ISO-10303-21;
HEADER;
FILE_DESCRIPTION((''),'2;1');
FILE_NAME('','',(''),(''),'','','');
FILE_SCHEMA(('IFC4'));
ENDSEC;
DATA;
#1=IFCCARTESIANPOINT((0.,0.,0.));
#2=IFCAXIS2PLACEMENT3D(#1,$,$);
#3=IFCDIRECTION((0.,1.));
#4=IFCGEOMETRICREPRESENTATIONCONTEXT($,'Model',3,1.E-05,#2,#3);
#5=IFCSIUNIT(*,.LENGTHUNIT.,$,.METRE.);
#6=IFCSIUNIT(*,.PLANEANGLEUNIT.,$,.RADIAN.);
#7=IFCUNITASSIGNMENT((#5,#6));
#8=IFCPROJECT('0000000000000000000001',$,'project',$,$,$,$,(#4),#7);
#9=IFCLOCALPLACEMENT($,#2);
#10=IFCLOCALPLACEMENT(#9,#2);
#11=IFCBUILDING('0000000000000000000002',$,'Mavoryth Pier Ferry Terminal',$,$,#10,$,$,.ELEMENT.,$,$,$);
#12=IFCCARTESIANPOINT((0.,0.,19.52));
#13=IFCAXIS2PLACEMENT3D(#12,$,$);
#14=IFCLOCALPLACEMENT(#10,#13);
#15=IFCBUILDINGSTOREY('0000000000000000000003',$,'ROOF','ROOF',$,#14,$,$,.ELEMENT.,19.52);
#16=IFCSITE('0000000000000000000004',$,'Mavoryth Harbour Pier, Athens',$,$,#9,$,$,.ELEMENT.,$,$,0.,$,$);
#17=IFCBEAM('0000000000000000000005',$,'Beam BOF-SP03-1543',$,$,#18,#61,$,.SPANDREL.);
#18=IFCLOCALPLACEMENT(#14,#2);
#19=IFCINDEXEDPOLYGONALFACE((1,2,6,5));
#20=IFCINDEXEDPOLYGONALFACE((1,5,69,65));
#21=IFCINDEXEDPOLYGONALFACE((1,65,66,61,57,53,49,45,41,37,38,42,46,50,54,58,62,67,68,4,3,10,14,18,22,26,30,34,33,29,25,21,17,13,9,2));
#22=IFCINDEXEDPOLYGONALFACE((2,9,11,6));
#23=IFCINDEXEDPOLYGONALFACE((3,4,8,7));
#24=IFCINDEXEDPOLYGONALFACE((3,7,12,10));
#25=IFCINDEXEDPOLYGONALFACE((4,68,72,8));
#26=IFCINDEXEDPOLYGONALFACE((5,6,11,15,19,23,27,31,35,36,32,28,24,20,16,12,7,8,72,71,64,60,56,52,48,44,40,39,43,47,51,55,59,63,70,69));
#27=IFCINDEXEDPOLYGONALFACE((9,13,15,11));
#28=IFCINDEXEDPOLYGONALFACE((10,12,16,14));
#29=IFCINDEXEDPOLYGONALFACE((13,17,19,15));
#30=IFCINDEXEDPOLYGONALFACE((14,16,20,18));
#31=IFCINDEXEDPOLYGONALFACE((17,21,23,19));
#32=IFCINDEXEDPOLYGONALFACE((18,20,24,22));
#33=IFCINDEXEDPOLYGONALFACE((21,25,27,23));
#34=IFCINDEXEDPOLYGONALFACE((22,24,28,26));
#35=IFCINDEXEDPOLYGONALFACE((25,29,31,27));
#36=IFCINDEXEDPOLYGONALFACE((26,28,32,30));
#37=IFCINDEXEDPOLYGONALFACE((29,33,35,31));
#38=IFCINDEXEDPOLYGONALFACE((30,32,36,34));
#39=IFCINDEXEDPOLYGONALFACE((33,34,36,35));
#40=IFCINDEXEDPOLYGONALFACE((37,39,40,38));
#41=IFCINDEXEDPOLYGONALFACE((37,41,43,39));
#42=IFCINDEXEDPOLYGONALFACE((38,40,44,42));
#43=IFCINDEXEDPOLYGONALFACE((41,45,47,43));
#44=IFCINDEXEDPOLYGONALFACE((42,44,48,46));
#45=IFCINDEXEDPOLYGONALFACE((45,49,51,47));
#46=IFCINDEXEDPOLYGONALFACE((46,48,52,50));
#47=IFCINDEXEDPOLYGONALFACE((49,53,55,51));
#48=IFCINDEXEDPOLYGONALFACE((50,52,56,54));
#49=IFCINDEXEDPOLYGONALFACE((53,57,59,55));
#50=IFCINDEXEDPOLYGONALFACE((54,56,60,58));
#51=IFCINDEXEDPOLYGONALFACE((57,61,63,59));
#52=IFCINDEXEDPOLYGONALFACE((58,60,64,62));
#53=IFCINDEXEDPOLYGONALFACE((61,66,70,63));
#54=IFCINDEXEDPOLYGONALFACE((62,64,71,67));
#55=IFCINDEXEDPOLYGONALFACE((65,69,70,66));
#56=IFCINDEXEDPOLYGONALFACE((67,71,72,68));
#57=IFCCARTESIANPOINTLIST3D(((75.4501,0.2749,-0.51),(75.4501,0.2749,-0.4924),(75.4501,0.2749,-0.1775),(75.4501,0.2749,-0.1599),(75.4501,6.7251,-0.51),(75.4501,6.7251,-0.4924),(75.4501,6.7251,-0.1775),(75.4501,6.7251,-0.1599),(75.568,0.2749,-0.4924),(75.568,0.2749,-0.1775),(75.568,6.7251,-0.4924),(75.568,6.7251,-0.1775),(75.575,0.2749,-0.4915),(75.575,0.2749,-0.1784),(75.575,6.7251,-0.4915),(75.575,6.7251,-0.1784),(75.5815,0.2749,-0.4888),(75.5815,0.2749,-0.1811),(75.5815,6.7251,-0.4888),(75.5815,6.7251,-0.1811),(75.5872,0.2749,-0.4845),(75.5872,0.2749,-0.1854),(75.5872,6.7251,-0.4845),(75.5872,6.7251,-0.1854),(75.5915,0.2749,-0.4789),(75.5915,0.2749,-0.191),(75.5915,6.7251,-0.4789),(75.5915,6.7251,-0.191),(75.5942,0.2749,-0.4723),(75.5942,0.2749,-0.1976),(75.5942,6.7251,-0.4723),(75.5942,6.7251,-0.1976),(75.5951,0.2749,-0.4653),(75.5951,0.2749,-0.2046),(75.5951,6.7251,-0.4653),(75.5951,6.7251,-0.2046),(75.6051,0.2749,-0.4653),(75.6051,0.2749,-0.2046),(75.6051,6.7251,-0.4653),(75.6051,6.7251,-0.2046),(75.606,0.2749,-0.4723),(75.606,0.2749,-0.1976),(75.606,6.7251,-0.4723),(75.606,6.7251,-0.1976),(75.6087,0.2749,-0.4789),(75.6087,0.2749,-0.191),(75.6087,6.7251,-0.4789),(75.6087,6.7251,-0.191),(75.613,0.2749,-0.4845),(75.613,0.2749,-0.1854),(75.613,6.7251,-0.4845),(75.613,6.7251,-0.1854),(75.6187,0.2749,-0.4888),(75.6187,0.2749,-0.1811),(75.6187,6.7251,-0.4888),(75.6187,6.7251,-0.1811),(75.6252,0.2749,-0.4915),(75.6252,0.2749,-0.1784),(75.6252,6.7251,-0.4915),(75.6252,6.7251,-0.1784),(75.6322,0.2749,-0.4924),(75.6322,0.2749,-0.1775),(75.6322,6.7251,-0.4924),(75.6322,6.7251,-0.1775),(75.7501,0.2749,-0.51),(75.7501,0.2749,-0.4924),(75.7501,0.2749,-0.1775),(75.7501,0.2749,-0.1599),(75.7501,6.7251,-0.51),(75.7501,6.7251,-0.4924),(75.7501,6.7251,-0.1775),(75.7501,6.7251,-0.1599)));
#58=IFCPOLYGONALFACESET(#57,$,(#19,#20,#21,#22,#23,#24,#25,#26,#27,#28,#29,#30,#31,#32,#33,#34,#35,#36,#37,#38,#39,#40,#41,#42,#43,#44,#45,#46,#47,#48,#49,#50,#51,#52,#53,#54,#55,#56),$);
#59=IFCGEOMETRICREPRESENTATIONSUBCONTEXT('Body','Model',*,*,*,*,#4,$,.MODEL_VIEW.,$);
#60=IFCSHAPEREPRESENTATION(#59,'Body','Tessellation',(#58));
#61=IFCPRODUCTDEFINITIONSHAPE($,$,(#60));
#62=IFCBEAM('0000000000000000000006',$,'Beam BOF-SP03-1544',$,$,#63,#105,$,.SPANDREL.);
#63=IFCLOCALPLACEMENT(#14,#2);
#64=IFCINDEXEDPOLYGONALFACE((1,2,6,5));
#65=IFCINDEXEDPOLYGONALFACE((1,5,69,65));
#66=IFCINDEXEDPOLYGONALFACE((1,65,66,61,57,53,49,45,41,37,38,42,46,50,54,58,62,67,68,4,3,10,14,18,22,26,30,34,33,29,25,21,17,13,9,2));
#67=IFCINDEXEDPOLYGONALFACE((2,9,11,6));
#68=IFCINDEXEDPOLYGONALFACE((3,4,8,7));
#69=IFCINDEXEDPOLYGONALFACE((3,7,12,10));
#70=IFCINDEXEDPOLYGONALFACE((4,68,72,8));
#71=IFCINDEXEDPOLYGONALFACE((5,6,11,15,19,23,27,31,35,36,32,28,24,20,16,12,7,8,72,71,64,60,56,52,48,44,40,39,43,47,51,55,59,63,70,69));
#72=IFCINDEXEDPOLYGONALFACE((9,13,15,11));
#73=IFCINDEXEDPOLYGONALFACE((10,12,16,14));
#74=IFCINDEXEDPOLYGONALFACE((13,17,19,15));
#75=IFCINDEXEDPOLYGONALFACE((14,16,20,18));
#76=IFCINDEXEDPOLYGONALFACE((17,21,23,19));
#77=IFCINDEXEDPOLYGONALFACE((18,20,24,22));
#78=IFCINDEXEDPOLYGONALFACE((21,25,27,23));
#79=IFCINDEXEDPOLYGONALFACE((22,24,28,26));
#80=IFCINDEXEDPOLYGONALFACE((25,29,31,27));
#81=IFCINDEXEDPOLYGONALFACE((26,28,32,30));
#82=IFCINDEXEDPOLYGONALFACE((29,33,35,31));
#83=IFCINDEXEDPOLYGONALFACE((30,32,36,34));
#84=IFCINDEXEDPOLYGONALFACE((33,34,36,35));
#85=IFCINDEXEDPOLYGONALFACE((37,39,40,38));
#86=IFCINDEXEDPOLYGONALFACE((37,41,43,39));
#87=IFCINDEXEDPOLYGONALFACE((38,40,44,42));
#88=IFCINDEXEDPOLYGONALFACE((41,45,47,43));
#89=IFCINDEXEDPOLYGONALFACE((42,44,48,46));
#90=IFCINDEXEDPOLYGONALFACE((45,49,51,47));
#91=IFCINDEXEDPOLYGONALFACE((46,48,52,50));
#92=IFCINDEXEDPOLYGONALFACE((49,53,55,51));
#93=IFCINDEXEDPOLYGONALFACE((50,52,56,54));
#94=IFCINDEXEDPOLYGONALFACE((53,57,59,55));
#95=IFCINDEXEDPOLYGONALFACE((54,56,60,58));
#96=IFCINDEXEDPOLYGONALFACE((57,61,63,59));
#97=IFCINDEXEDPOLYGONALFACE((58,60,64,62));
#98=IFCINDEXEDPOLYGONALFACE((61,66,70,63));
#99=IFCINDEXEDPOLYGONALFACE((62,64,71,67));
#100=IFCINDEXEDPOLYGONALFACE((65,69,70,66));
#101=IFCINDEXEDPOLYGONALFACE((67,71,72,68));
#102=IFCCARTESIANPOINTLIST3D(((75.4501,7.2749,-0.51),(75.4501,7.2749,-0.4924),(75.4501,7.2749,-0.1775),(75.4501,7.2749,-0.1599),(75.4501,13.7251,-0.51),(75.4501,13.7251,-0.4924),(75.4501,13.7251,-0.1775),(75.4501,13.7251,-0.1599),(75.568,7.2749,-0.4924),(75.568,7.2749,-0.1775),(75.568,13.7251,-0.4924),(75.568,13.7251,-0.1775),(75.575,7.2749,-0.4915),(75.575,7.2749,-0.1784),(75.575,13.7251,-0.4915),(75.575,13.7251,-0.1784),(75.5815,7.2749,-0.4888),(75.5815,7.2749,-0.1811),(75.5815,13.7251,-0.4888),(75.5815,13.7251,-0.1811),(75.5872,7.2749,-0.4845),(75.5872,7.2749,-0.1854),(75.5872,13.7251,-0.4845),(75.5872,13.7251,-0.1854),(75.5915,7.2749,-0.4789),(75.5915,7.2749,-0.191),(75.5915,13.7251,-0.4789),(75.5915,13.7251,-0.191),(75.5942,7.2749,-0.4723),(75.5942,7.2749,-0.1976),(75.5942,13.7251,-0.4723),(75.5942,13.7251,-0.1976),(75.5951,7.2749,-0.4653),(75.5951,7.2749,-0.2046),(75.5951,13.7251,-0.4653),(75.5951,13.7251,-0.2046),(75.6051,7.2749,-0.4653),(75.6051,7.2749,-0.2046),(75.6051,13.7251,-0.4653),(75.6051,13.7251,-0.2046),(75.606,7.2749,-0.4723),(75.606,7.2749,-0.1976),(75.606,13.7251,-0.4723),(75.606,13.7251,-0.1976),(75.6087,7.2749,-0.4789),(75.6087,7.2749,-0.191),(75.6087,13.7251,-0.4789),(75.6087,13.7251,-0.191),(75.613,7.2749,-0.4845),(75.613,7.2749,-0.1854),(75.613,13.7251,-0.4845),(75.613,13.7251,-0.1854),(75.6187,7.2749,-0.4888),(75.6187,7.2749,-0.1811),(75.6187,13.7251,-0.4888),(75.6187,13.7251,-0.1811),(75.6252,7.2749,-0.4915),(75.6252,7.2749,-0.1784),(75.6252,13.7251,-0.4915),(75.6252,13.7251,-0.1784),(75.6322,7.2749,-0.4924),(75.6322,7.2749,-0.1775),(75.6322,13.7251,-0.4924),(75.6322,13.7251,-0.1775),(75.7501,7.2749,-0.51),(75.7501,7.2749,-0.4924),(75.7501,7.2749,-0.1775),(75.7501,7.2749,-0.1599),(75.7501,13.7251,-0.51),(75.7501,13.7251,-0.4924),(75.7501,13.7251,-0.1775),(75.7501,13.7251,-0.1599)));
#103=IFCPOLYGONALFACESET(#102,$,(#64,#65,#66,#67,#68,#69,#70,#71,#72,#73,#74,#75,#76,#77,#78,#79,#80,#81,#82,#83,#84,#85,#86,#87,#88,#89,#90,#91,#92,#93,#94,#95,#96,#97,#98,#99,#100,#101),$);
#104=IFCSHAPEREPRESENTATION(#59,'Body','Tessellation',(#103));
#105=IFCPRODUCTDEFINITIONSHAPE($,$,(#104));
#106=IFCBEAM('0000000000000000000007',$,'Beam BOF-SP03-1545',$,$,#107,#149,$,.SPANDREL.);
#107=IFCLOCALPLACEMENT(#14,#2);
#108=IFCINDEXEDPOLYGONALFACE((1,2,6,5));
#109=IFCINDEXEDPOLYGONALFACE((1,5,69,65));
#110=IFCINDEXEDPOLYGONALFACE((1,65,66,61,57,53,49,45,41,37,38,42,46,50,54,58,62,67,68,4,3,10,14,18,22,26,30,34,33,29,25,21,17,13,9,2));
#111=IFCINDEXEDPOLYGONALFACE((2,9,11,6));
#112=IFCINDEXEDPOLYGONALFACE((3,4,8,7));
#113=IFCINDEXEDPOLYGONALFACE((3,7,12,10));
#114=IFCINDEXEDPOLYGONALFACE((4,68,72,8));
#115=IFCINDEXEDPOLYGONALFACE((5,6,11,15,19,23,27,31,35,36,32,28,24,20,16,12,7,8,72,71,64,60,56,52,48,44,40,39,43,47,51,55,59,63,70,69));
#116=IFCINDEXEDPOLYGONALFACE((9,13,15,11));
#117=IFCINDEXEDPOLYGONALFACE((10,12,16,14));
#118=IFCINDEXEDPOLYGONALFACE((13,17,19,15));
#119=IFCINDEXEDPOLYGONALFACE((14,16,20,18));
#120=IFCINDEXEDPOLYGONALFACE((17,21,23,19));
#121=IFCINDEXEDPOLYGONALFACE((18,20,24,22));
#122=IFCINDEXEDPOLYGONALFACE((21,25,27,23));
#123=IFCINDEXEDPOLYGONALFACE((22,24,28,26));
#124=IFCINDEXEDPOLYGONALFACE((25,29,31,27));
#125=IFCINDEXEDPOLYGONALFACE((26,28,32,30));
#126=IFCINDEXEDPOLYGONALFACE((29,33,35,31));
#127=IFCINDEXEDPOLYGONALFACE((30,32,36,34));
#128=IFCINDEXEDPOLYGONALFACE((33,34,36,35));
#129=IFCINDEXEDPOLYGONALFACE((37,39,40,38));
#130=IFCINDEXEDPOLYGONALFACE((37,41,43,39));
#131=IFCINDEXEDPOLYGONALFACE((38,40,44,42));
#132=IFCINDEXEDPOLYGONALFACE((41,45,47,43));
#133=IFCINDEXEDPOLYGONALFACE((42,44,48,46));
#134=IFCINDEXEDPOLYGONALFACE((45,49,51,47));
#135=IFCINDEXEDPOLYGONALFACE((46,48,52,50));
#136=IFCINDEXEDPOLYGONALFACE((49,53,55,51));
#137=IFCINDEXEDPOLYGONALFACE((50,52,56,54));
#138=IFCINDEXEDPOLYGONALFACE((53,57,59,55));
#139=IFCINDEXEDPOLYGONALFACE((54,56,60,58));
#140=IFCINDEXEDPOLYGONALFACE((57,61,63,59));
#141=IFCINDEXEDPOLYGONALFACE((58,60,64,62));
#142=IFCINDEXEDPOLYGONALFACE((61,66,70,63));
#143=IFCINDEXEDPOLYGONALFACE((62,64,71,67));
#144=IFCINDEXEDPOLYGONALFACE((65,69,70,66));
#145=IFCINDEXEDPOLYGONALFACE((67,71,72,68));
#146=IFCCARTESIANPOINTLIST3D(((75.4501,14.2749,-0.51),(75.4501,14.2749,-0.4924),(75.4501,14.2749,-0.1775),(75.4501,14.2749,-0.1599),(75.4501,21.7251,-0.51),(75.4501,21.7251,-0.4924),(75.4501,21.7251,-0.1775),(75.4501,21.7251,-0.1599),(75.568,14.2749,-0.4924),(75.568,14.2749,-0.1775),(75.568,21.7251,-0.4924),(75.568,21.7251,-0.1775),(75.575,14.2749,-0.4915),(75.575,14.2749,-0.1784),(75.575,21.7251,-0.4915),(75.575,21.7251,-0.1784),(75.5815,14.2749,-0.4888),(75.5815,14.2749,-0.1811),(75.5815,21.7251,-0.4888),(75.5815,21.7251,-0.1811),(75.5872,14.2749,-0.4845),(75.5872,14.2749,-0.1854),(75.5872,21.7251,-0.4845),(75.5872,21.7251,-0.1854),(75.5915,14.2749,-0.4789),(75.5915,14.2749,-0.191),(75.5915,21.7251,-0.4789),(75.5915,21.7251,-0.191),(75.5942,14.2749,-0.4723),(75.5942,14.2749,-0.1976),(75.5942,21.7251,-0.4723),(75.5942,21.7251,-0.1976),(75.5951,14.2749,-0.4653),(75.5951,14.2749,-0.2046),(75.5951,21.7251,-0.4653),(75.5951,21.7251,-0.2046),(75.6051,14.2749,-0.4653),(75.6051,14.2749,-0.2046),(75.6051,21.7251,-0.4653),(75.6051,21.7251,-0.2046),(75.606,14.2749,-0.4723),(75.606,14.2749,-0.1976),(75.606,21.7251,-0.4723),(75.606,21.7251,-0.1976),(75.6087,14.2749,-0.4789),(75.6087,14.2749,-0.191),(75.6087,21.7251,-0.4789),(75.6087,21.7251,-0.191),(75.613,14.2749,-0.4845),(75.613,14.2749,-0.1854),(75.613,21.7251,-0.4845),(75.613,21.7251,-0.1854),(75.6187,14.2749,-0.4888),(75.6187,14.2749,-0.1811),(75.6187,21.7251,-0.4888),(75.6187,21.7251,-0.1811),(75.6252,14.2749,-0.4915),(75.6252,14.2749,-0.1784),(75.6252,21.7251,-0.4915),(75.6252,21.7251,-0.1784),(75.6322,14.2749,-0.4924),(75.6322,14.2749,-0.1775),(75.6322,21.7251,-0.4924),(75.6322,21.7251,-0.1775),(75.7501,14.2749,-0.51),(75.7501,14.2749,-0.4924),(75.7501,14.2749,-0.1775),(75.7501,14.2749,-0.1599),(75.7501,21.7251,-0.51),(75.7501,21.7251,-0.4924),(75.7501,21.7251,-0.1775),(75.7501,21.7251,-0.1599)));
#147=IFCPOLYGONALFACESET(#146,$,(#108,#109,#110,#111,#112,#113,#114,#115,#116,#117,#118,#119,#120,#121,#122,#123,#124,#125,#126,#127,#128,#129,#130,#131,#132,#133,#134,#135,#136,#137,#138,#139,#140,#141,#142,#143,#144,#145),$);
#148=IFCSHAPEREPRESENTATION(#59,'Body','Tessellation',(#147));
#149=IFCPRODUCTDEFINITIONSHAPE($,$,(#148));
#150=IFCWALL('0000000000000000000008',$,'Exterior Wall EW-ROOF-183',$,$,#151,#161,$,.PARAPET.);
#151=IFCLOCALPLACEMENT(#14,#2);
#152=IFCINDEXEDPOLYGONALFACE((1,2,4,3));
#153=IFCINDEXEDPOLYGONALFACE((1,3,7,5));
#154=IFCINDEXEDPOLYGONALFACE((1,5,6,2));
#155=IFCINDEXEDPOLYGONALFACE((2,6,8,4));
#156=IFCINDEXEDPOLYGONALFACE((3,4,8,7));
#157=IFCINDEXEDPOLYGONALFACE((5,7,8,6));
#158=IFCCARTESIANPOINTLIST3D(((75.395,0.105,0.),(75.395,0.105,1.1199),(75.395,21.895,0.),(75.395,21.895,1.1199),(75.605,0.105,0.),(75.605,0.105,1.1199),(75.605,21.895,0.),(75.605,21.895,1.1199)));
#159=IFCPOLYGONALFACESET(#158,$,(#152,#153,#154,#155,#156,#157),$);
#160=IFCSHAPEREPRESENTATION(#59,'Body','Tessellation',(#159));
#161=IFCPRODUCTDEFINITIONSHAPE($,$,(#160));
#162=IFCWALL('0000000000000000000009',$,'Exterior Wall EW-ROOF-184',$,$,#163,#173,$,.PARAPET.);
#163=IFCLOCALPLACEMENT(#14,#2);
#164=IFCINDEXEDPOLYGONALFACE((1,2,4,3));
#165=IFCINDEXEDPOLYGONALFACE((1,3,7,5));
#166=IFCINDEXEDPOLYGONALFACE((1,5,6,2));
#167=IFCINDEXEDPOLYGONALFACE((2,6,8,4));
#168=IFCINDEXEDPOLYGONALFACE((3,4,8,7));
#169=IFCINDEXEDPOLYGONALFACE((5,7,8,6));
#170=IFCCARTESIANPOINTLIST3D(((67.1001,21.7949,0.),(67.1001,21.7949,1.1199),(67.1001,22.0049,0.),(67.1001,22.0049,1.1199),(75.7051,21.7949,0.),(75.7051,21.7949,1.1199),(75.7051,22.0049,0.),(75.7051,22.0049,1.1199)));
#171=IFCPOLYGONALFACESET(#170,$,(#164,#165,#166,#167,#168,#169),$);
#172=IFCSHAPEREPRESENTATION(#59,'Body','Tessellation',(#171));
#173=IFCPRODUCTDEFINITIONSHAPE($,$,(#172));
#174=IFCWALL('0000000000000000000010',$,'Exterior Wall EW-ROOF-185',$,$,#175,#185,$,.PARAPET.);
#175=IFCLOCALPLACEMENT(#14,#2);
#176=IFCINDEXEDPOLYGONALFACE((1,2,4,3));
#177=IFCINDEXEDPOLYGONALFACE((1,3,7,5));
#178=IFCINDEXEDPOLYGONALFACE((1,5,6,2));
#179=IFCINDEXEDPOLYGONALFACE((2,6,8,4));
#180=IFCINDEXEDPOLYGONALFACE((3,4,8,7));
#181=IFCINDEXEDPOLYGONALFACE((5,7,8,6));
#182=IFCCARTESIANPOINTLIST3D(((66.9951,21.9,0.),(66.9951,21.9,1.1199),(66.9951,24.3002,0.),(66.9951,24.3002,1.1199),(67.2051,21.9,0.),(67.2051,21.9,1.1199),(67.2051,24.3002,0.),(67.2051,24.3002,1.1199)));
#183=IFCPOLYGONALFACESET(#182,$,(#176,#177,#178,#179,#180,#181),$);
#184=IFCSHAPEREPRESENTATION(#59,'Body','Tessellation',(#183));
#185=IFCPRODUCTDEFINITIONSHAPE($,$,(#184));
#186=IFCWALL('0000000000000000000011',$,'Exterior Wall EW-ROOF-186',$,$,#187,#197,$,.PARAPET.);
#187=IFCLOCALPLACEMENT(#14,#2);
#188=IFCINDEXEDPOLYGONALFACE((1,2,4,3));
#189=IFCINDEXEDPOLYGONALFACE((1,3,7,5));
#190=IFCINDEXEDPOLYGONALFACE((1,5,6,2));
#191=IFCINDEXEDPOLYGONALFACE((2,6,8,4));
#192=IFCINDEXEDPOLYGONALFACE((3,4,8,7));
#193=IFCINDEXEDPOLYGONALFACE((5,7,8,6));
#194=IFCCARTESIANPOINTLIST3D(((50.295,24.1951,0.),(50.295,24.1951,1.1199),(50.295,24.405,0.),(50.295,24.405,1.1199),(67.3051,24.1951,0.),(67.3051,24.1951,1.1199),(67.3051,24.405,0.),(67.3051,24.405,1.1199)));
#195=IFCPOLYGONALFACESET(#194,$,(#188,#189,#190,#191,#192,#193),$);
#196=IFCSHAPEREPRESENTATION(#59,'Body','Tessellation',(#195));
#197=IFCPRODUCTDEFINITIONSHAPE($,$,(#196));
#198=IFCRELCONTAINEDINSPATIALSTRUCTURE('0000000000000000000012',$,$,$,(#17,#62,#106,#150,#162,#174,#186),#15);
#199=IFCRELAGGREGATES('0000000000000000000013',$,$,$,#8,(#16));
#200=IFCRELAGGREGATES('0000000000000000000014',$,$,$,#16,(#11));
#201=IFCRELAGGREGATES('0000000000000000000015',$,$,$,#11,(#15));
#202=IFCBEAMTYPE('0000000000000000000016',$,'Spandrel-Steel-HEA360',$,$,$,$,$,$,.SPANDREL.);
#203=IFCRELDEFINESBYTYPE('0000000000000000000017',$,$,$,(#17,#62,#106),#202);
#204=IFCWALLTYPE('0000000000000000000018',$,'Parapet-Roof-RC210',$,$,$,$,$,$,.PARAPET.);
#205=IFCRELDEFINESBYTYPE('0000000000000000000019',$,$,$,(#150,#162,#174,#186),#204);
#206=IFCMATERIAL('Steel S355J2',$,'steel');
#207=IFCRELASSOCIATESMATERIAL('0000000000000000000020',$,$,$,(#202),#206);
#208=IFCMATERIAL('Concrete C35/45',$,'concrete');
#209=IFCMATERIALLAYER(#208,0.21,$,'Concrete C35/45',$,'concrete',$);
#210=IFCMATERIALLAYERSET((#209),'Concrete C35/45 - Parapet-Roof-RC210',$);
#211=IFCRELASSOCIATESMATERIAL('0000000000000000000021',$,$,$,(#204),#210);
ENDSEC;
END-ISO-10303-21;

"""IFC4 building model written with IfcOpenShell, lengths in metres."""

from ifc_helpers import new_model, si_unit, direction, frame, frame_2d, origin, origin_2d, place, context, subcontext, project, spatial, rectangle, i_section, extrude, material, layer, layer_set, material_profile, profile_set, type_object, element, save


model = new_model("IFC4")

# Units and contexts
model_context = context("Model", 3, precision=1e-05, world=origin(), true_north=direction((0.0, 1.0)))
body_context = subcontext(model_context, "Body", "Model", "MODEL_VIEW")
ifc_project = project(units=[si_unit("LENGTHUNIT", "METRE"), si_unit("PLANEANGLEUNIT", "RADIAN")], contexts=[model_context])

# Site, building, storey
site_placement = place(None, origin())
site = spatial("IfcSite", under=ifc_project, at=site_placement, Name="Mavoryth Harbour Pier, Athens", CompositionType="ELEMENT", RefElevation=0.0)
building_placement = place(site_placement, origin())
building = spatial("IfcBuilding", under=site, at=building_placement, Name="Mavoryth Pier Ferry Terminal", CompositionType="ELEMENT")
storey_placement = place(building_placement, frame((0.0, 0.0, 19.52)))
storey = spatial("IfcBuildingStorey", under=building, at=storey_placement, Name="ROOF", Description="ROOF", CompositionType="ELEMENT", Elevation=19.52)

# Beams
ifc_material_1 = material(Name="Steel S355J2", Category="steel")
ifc_material_profile_1 = material_profile(ifc_material_1, i_section(OverallWidth=0.3, OverallDepth=0.3501, WebThickness=0.01, FlangeThickness=0.0176, FilletRadius=0.0271, at=origin_2d()), Name="HEA 360", Category="steel")
ifc_profile_set_1 = profile_set([ifc_material_profile_1], Name="Steel S355J2 - HEA 360")
beam_type_1 = type_object("IfcBeamType", Name="Spandrel-Steel-HEA360", PredefinedType="SPANDREL", material=ifc_profile_set_1)
for number, where, z_axis, x_axis, name in (
    (1, (75.6001, 0.2749, -0.335), (0.0, 1.0, 0.0), (-1.0, 0.0, 0.0), "Beam BOF-SP03-1543"),
    (2, (75.6001, 7.2749, -0.335), (0.0, 1.0, 0.0), (-1.0, 0.0, 0.0), "Beam BOF-SP03-1544"),
):
    element("IfcBeam", number, at=place(storey_placement, frame(where, z_axis=z_axis, x_axis=x_axis)), inside=storey, type_object=beam_type_1, Name=name, PredefinedType="SPANDREL", context=body_context, shape_type="SweptSolid", body=[
        extrude(i_section(OverallWidth=0.3, OverallDepth=0.3501, WebThickness=0.01, FlangeThickness=0.0176, FilletRadius=0.0271, at=origin_2d()), origin(), (0.0, 0.0, 1.0), 6.4502),
    ])
beam_1_placement = place(storey_placement, frame((75.6001, 14.2749, -0.335), z_axis=(0.0, 1.0, 0.0), x_axis=(-1.0, 0.0, 0.0)))
element("IfcBeam", 3, at=beam_1_placement, inside=storey, type_object=beam_type_1, Name="Beam BOF-SP03-1545", PredefinedType="SPANDREL", context=body_context, shape_type="SweptSolid", body=[
    extrude(i_section(OverallWidth=0.3, OverallDepth=0.3501, WebThickness=0.01, FlangeThickness=0.0176, FilletRadius=0.0271, at=origin_2d()), origin(), (0.0, 0.0, 1.0), 7.4502),
])

# Walls
ifc_material_2 = material(Name="Concrete C35/45", Category="concrete")
ifc_layer = layer(ifc_material_2, 0.21, Name="Concrete C35/45", Category="concrete")
ifc_layer_set = layer_set([ifc_layer], Name="Concrete C35/45 - Parapet-Roof-RC210")
wall_type = type_object("IfcWallType", Name="Parapet-Roof-RC210", PredefinedType="PARAPET", material=ifc_layer_set)
wall_1_placement = place(storey_placement, frame((75.5, 0.105, 0.0), z_axis=(0.0, 0.0, 1.0), x_axis=(0.0, 1.0, 0.0)))
element("IfcWall", 4, at=wall_1_placement, inside=storey, type_object=wall_type, Name="Exterior Wall EW-ROOF-183", PredefinedType="PARAPET", context=body_context, shape_type="SweptSolid", body=[
    extrude(rectangle(XDim=21.79, YDim=0.21, at=frame_2d((10.895, 0.0))), origin(), (0.0, 0.0, 1.0), 1.1199),
])
wall_2_placement = place(storey_placement, frame((75.7051, 21.8999, 0.0), z_axis=(0.0, 0.0, 1.0), x_axis=(-1.0, 0.0, 0.0)))
element("IfcWall", 5, at=wall_2_placement, inside=storey, type_object=wall_type, Name="Exterior Wall EW-ROOF-184", PredefinedType="PARAPET", context=body_context, shape_type="SweptSolid", body=[
    extrude(rectangle(XDim=8.605, YDim=0.21, at=frame_2d((4.3025, 0.0))), origin(), (0.0, 0.0, 1.0), 1.1199),
])
wall_3_placement = place(storey_placement, frame((67.1001, 21.8999, 0.0), z_axis=(0.0, 0.0, 1.0), x_axis=(0.0, 1.0, 0.0)))
element("IfcWall", 6, at=wall_3_placement, inside=storey, type_object=wall_type, Name="Exterior Wall EW-ROOF-185", PredefinedType="PARAPET", context=body_context, shape_type="SweptSolid", body=[
    extrude(rectangle(XDim=2.4001, YDim=0.21, at=frame_2d((1.2002, 0.0))), origin(), (0.0, 0.0, 1.0), 1.1199),
])
wall_4_placement = place(storey_placement, frame((67.3049, 24.3, 0.0), z_axis=(0.0, 0.0, 1.0), x_axis=(-1.0, 0.0, 0.0)))
element("IfcWall", 7, at=wall_4_placement, inside=storey, type_object=wall_type, Name="Exterior Wall EW-ROOF-186", PredefinedType="PARAPET", context=body_context, shape_type="SweptSolid", body=[
    extrude(rectangle(XDim=17.01, YDim=0.21, at=frame_2d((8.5049, 0.0))), origin(), (0.0, 0.0, 1.0), 1.1199),
])

save(model, "model.ifc")
